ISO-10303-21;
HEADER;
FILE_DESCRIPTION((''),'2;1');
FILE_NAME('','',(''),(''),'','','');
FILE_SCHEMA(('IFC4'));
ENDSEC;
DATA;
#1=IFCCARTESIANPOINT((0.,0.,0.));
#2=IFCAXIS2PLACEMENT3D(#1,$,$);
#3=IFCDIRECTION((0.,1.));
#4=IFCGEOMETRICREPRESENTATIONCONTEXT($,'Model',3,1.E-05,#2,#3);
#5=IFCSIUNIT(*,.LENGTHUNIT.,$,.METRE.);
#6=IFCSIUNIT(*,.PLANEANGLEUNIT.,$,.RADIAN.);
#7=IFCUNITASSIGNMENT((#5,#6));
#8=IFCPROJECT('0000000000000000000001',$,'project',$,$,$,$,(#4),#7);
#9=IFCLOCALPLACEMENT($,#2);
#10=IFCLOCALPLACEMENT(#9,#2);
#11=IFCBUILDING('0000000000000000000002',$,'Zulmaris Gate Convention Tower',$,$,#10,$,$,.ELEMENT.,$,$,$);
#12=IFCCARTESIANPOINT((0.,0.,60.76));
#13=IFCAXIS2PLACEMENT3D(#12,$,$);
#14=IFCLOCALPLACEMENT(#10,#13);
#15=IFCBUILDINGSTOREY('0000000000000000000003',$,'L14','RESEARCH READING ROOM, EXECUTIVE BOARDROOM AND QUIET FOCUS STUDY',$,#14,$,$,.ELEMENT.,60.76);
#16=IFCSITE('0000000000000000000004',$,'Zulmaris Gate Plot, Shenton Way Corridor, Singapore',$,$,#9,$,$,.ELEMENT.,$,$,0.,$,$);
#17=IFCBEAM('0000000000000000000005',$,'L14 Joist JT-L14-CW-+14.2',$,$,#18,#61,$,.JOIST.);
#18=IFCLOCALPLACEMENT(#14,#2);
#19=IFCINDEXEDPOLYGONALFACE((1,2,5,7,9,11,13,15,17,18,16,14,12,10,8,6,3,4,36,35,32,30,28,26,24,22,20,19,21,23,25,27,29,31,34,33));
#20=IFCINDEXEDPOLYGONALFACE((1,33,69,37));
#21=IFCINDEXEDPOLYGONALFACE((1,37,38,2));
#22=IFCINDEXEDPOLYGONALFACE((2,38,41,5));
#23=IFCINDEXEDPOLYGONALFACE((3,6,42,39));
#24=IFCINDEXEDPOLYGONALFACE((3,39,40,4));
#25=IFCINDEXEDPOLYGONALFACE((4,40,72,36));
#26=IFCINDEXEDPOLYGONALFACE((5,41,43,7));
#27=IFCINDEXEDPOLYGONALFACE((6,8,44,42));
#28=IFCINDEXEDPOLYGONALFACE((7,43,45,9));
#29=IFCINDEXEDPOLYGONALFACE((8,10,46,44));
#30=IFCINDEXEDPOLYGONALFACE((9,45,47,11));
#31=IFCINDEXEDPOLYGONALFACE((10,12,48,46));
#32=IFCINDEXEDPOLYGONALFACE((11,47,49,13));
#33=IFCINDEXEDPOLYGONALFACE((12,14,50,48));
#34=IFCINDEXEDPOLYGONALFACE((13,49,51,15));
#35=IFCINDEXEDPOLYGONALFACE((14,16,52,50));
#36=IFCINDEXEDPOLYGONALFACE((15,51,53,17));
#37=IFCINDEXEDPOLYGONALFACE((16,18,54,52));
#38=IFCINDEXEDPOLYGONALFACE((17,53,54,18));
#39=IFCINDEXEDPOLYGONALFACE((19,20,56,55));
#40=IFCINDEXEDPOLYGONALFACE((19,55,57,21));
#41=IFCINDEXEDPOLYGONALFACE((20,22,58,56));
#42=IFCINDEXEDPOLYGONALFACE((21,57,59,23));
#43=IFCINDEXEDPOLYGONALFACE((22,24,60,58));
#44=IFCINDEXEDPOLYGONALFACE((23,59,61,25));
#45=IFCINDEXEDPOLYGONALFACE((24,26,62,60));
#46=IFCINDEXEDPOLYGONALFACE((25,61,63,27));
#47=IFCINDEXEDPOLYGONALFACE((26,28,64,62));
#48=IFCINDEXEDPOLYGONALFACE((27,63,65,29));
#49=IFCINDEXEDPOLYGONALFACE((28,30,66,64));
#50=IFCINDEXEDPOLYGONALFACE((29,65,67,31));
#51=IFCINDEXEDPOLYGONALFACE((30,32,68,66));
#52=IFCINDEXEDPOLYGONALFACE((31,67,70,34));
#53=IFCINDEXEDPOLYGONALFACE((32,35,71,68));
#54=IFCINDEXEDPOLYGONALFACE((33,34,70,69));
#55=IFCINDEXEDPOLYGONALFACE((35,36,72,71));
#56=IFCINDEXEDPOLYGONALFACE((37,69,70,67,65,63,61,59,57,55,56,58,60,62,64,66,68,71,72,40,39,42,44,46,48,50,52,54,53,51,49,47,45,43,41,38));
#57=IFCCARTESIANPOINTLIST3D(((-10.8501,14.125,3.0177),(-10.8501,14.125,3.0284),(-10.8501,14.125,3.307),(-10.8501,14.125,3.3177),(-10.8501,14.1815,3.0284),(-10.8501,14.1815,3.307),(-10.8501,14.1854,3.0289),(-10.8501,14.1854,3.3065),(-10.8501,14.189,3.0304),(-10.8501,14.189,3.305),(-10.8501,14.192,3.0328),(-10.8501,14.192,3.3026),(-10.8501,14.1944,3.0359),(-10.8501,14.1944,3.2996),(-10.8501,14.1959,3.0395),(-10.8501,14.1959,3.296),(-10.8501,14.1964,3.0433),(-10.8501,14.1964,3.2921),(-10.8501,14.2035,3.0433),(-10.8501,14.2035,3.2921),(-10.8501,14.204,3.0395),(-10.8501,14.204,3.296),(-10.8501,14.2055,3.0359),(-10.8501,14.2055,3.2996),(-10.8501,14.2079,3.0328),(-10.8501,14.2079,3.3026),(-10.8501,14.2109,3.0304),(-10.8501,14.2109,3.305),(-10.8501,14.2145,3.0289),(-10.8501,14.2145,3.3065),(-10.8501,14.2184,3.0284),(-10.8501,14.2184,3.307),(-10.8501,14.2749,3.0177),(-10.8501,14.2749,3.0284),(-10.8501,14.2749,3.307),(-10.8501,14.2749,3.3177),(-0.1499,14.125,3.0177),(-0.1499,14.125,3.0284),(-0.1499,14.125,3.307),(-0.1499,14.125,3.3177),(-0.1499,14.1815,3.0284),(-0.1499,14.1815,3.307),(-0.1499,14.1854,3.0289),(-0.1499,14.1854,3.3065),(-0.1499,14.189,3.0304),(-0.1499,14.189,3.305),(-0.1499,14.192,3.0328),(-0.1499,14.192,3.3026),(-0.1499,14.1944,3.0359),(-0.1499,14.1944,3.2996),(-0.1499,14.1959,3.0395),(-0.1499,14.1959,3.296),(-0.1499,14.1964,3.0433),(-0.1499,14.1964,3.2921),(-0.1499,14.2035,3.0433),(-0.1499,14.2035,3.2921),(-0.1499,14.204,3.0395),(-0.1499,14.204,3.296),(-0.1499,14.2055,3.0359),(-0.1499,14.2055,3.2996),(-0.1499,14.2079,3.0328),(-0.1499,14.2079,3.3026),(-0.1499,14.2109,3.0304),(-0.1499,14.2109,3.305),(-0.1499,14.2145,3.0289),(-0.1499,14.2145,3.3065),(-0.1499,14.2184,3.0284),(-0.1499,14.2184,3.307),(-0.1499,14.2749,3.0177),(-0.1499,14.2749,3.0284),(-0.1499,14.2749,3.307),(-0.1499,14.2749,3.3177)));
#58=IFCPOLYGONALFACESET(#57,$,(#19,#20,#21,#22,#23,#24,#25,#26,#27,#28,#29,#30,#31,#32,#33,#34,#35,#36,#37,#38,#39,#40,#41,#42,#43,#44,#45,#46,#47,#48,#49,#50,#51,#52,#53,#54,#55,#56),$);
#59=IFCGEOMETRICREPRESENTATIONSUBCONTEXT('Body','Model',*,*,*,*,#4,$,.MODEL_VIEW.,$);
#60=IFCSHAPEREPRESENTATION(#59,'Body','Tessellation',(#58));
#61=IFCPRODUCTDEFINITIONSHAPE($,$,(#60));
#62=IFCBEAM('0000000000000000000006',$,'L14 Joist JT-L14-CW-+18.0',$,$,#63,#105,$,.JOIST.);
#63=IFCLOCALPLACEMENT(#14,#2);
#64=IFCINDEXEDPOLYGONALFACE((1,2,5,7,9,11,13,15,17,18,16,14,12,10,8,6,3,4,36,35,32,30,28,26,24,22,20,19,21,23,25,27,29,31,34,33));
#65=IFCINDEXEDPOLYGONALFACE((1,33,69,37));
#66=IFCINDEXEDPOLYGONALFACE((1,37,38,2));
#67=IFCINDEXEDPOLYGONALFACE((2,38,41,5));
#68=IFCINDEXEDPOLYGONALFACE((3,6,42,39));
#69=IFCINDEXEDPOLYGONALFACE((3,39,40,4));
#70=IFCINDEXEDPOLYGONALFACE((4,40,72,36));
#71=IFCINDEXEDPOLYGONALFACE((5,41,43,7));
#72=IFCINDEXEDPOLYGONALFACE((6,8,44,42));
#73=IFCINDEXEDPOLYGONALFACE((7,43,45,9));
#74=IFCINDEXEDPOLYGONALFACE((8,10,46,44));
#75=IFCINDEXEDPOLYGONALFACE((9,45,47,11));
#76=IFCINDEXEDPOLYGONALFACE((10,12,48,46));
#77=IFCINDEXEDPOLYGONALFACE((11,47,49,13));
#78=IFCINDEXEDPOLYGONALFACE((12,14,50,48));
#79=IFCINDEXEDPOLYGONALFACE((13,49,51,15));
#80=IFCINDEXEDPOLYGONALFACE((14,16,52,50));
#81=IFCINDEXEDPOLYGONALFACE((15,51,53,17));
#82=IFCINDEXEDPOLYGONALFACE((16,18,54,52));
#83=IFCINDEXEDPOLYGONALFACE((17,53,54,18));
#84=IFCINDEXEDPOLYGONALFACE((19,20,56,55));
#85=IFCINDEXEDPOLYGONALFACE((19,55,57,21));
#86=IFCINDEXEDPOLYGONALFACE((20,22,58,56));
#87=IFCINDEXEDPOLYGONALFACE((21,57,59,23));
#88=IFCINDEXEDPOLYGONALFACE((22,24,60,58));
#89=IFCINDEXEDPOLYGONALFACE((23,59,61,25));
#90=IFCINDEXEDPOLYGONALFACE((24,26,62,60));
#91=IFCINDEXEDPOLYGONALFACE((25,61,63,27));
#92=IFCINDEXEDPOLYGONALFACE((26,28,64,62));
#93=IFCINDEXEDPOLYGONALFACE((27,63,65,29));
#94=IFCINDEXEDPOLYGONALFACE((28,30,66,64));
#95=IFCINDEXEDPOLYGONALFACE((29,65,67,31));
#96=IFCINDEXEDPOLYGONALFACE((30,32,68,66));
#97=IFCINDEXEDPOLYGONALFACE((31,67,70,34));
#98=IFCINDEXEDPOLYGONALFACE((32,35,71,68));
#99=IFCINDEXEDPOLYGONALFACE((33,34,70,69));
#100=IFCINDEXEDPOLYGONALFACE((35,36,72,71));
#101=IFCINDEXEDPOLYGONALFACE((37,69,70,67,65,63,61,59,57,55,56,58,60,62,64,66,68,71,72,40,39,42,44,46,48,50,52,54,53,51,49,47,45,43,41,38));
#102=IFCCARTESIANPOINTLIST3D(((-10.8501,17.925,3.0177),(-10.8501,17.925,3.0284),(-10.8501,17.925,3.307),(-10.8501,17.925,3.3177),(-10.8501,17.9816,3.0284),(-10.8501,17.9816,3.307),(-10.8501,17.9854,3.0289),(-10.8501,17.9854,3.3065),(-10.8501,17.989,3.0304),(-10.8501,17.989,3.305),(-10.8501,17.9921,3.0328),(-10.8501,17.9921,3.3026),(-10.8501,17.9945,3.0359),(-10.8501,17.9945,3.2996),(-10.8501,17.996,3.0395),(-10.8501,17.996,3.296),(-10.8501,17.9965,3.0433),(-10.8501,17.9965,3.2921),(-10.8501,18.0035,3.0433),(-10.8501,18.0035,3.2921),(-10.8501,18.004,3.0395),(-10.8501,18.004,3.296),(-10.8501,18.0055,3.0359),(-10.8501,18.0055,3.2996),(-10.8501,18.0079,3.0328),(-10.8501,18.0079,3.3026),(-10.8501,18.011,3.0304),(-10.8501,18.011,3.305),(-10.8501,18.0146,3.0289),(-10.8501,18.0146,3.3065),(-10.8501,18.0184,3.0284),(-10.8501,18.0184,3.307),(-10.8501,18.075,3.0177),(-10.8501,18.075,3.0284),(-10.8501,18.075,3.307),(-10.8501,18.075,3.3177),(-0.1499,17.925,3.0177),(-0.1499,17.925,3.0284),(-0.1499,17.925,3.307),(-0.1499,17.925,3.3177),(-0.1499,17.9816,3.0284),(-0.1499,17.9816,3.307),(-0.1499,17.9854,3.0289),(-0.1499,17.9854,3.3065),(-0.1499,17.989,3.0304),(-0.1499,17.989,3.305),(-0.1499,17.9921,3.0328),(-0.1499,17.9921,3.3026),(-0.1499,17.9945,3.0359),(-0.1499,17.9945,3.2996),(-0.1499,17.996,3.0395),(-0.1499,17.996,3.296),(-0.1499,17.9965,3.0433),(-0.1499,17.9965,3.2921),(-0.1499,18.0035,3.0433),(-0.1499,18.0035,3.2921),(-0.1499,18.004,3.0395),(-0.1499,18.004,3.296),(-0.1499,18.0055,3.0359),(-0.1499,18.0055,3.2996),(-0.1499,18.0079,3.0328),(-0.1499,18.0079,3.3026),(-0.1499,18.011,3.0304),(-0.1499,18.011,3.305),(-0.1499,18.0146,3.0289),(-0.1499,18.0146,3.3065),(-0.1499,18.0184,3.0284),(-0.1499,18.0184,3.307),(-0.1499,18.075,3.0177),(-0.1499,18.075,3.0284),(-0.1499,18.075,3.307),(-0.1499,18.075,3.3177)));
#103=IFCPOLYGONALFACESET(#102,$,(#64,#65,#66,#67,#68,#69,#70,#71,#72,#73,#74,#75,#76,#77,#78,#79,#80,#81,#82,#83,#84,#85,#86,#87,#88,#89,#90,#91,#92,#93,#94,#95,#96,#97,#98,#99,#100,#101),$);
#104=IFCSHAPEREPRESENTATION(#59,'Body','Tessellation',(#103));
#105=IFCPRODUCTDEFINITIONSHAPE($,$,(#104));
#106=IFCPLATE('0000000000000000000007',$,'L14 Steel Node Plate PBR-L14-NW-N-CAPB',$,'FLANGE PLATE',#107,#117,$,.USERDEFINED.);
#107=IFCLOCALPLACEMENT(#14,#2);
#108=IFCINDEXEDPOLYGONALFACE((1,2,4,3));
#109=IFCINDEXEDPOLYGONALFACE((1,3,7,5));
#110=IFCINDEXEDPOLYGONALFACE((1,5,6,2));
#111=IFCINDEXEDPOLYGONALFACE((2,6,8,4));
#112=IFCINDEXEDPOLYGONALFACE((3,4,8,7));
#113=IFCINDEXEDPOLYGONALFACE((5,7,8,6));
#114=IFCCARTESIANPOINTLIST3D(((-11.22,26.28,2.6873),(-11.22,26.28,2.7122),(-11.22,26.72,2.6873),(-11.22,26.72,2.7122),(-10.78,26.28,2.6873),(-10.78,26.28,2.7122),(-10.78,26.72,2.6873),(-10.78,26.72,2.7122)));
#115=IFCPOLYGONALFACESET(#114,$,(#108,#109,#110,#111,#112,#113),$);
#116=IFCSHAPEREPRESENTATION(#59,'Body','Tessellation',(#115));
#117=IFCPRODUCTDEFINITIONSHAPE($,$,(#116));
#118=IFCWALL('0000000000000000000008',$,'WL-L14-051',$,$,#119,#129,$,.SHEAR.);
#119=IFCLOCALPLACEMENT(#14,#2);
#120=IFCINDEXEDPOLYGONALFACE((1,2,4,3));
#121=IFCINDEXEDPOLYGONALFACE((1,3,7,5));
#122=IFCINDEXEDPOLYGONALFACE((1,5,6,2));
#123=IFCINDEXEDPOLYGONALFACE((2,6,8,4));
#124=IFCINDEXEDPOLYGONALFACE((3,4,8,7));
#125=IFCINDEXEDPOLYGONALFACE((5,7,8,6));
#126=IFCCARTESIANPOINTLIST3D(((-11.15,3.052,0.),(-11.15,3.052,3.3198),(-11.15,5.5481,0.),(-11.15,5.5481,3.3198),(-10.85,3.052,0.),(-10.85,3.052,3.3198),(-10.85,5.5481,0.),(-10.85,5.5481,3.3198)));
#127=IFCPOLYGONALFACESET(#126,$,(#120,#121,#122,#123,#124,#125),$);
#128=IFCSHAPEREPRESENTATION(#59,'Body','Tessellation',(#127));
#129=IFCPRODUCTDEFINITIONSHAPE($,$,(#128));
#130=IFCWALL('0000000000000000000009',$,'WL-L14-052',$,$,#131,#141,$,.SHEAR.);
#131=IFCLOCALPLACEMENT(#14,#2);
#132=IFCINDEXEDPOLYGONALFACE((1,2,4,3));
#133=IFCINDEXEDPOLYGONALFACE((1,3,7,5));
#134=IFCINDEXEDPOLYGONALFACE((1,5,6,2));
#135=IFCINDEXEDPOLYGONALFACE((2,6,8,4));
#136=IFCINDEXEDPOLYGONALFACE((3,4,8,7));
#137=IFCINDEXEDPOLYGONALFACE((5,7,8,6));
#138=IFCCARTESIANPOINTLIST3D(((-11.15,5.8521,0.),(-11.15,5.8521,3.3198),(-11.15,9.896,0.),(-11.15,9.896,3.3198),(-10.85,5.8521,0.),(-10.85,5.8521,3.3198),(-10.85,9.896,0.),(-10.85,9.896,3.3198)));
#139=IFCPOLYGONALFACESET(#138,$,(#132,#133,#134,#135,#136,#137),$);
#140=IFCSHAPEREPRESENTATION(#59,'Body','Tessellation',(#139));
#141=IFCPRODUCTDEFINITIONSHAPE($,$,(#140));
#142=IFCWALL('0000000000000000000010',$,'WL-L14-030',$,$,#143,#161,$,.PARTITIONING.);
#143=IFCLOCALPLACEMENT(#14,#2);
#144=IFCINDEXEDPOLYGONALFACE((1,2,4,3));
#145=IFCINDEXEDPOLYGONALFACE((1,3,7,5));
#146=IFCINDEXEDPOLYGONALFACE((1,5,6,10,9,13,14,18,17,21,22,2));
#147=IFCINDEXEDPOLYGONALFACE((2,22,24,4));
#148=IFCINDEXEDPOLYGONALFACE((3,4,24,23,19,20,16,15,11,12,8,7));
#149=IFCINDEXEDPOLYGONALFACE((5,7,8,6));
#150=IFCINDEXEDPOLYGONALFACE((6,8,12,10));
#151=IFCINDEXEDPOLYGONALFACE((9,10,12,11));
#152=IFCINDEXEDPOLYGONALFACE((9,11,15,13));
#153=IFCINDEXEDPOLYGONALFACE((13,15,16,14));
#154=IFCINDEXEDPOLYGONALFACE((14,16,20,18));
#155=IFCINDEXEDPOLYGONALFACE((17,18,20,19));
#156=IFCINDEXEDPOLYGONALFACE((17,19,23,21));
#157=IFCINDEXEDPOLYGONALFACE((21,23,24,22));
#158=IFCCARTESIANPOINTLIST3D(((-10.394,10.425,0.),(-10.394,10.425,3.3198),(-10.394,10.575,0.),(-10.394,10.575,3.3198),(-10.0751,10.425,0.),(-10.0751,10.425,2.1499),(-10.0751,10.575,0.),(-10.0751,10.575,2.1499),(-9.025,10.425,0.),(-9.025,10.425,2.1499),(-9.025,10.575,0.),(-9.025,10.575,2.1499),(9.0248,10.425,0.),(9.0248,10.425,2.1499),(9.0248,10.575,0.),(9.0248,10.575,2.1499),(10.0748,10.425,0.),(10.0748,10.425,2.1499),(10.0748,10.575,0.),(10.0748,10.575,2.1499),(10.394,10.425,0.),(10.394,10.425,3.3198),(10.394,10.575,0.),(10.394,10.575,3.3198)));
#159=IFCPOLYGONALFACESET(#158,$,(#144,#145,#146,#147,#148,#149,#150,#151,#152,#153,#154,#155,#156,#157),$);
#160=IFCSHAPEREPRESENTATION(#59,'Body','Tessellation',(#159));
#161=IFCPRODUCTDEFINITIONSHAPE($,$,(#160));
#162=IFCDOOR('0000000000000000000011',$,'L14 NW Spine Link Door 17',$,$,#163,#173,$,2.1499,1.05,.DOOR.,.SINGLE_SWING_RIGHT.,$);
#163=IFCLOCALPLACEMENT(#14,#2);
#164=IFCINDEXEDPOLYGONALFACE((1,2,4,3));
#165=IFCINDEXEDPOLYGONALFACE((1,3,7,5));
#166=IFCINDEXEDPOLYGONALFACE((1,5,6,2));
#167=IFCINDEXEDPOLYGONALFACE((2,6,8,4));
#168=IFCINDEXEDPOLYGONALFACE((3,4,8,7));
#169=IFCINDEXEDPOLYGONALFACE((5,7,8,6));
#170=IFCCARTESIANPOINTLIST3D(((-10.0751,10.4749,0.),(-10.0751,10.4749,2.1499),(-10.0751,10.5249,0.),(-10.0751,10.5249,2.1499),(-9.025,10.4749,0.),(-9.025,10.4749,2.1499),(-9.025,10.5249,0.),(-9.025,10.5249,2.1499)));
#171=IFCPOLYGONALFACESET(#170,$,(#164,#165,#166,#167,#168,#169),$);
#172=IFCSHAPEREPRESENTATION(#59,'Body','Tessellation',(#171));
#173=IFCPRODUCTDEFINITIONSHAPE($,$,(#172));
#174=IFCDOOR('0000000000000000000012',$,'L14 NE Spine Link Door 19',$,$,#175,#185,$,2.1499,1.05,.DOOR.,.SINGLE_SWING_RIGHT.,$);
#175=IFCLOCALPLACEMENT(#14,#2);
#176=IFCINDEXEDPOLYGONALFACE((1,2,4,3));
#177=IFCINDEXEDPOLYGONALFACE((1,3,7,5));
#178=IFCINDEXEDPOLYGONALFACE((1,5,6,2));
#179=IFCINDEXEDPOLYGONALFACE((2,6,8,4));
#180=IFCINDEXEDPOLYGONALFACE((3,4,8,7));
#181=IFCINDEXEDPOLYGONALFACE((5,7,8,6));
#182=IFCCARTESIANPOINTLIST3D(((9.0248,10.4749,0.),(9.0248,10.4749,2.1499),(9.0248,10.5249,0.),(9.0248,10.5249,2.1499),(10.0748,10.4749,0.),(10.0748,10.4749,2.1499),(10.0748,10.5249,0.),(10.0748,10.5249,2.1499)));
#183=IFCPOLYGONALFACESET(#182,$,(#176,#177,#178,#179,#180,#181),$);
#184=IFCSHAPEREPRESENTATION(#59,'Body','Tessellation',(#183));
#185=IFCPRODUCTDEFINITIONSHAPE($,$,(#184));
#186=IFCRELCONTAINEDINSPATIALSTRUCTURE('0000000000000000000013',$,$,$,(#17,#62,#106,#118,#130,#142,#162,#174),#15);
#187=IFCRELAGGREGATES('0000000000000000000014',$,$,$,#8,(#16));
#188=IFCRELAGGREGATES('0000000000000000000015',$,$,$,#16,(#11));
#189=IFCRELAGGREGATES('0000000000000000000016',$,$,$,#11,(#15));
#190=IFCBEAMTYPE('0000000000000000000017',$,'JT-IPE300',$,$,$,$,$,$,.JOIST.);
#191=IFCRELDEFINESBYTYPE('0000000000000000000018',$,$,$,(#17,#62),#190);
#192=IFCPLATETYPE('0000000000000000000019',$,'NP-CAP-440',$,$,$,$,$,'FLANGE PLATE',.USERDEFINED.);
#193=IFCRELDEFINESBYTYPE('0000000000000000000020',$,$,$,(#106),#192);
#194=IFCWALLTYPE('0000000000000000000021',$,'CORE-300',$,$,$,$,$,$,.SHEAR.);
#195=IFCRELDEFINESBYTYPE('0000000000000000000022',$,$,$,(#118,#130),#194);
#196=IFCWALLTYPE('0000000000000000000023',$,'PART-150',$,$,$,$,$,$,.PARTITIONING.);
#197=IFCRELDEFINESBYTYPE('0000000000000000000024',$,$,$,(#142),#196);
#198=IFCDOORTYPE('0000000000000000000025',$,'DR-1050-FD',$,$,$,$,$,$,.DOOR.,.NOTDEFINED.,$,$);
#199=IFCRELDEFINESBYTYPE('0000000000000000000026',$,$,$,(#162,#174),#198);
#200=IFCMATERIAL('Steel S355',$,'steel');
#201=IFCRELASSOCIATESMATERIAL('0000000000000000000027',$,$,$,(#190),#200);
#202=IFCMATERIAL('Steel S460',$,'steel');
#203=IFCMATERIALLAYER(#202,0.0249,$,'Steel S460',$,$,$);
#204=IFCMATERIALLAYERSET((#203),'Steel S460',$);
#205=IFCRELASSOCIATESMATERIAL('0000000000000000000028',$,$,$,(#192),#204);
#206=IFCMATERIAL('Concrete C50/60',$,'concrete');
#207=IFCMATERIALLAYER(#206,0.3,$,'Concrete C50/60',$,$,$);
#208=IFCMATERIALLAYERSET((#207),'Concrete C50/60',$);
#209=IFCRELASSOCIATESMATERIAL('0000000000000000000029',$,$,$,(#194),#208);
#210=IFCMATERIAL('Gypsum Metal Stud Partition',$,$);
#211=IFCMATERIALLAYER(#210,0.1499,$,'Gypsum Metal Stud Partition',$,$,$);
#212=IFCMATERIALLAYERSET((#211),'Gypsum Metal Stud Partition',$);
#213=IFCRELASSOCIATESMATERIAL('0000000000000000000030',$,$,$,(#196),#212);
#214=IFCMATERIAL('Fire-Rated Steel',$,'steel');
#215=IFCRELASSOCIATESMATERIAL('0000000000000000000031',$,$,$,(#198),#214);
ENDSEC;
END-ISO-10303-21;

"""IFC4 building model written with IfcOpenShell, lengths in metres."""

from ifc_helpers import new_model, si_unit, direction, frame, frame_2d, origin, origin_2d, place, context, subcontext, project, spatial, rectangle, i_section, extrude, material, layer, layer_set, material_profile, profile_set, type_object, element, fill, save


model = new_model("IFC4")

# Units and contexts
model_context = context("Model", 3, precision=1e-05, world=origin(), true_north=direction((0.0, 1.0)))
body_context = subcontext(model_context, "Body", "Model", "MODEL_VIEW")
ifc_project = project(units=[si_unit("LENGTHUNIT", "METRE"), si_unit("PLANEANGLEUNIT", "RADIAN")], contexts=[model_context])

# Site, building, storey
site_placement = place(None, origin())
site = spatial("IfcSite", under=ifc_project, at=site_placement, Name="Zulmaris Gate Plot, Shenton Way Corridor, Singapore", CompositionType="ELEMENT", RefElevation=0.0)
building_placement = place(site_placement, origin())
building = spatial("IfcBuilding", under=site, at=building_placement, Name="Zulmaris Gate Convention Tower", CompositionType="ELEMENT")
storey_placement = place(building_placement, frame((0.0, 0.0, 60.76)))
storey = spatial("IfcBuildingStorey", under=building, at=storey_placement, Name="L14", Description="RESEARCH READING ROOM, EXECUTIVE BOARDROOM AND QUIET FOCUS STUDY", CompositionType="ELEMENT", Elevation=60.76)

# Beams
ifc_material_1 = material(Name="Steel S355", Category="steel")
ifc_material_profile_1 = material_profile(ifc_material_1, i_section(OverallWidth=0.1499, OverallDepth=0.3, WebThickness=0.0071, FlangeThickness=0.0107, FilletRadius=0.0149, at=origin_2d()), Name="IPE 300")
ifc_profile_set_1 = profile_set([ifc_material_profile_1], Name="Steel S355")
beam_type_1 = type_object("IfcBeamType", Name="JT-IPE300", PredefinedType="JOIST", material=ifc_profile_set_1)
for number, where, z_axis, x_axis, name in (
    (1, (-10.8501, 14.2, 3.1677), (1.0, 0.0, 0.0), (0.0, 1.0, 0.0), "L14 Joist JT-L14-CW-+14.2"),
    (2, (-10.8501, 18.0, 3.1677), (1.0, 0.0, 0.0), (0.0, 1.0, 0.0), "L14 Joist JT-L14-CW-+18.0"),
):
    element("IfcBeam", number, at=place(storey_placement, frame(where, z_axis=z_axis, x_axis=x_axis)), inside=storey, type_object=beam_type_1, Name=name, PredefinedType="JOIST", context=body_context, shape_type="SweptSolid", body=[
        extrude(i_section(OverallWidth=0.1499, OverallDepth=0.3, WebThickness=0.0071, FlangeThickness=0.0107, FilletRadius=0.0149, at=origin_2d()), origin(), (0.0, 0.0, 1.0), 10.7002),
    ])

# Plate
ifc_material_2 = material(Name="Steel S460", Category="steel")
ifc_layer_1 = layer(ifc_material_2, 0.0249, Name="Steel S460")
ifc_layer_set_1 = layer_set([ifc_layer_1], Name="Steel S460")
plate_type = type_object("IfcPlateType", Name="NP-CAP-440", ElementType="FLANGE PLATE", PredefinedType="USERDEFINED", material=ifc_layer_set_1)
plate_placement = place(storey_placement, frame((-11.0, 26.5, 2.6873), z_axis=(0.0, 0.0, 1.0), x_axis=(1.0, 0.0, 0.0)))
element("IfcPlate", 3, at=plate_placement, inside=storey, type_object=plate_type, Name="L14 Steel Node Plate PBR-L14-NW-N-CAPB", ObjectType="FLANGE PLATE", PredefinedType="USERDEFINED", context=body_context, shape_type="SweptSolid", body=[
    extrude(rectangle(XDim=0.4399, YDim=0.4399, at=origin_2d()), origin(), (0.0, 0.0, 1.0), 0.0249),
])

# Walls
ifc_material_3 = material(Name="Concrete C50/60", Category="concrete")
ifc_layer_2 = layer(ifc_material_3, 0.3, Name="Concrete C50/60")
ifc_layer_set_2 = layer_set([ifc_layer_2], Name="Concrete C50/60")
wall_type_1 = type_object("IfcWallType", Name="CORE-300", PredefinedType="SHEAR", material=ifc_layer_set_2)
wall_1_placement = place(storey_placement, frame((-11.0, 3.052, 0.0), z_axis=(0.0, 0.0, 1.0), x_axis=(0.0, 1.0, 0.0)))
element("IfcWall", 4, at=wall_1_placement, inside=storey, type_object=wall_type_1, Name="WL-L14-051", PredefinedType="SHEAR", context=body_context, shape_type="SweptSolid", body=[
    extrude(rectangle(XDim=2.4961, YDim=0.3, at=frame_2d((1.248, 0.0))), origin(), (0.0, 0.0, 1.0), 3.3198),
])
wall_2_placement = place(storey_placement, frame((-11.0, 5.8521, 0.0), z_axis=(0.0, 0.0, 1.0), x_axis=(0.0, 1.0, 0.0)))
element("IfcWall", 5, at=wall_2_placement, inside=storey, type_object=wall_type_1, Name="WL-L14-052", PredefinedType="SHEAR", context=body_context, shape_type="SweptSolid", body=[
    extrude(rectangle(XDim=4.0439, YDim=0.3, at=frame_2d((2.022, 0.0))), origin(), (0.0, 0.0, 1.0), 3.3198),
])

# Wall, openings, doors
ifc_material_4 = material(Name="Gypsum Metal Stud Partition")
ifc_layer_3 = layer(ifc_material_4, 0.1499, Name="Gypsum Metal Stud Partition")
ifc_layer_set_3 = layer_set([ifc_layer_3], Name="Gypsum Metal Stud Partition")
wall_type_2 = type_object("IfcWallType", Name="PART-150", PredefinedType="PARTITIONING", material=ifc_layer_set_3)
wall_3_placement = place(storey_placement, frame((-10.394, 10.5, 0.0), z_axis=(0.0, 0.0, 1.0), x_axis=(1.0, 0.0, 0.0)))
wall_3 = element("IfcWall", 6, at=wall_3_placement, inside=storey, type_object=wall_type_2, Name="WL-L14-030", PredefinedType="PARTITIONING", context=body_context, shape_type="SweptSolid", body=[
    extrude(rectangle(XDim=20.7881, YDim=0.1499, at=frame_2d((10.394, 0.0))), origin(), (0.0, 0.0, 1.0), 3.3198),
])
opening_1_placement = place(wall_3_placement, frame((0.3191, 0.0, 0.0)))
opening_1 = element("IfcOpeningElement", 7, at=opening_1_placement, cuts=wall_3, PredefinedType="OPENING", context=body_context, shape_type="SweptSolid", body=[
    extrude(rectangle(XDim=1.05, YDim=2.1499, at=frame_2d((0.5249, 1.075))), frame((0.0, 0.085, 0.0), z_axis=(0.0, -1.0, 0.0), x_axis=(1.0, 0.0, 0.0)), (0.0, 0.0, 1.0), 0.1699),
])
opening_2_placement = place(wall_3_placement, frame((19.4189, 0.0, 0.0)))
opening_2 = element("IfcOpeningElement", 8, at=opening_2_placement, cuts=wall_3, PredefinedType="OPENING", context=body_context, shape_type="SweptSolid", body=[
    extrude(rectangle(XDim=1.05, YDim=2.1499, at=frame_2d((0.5249, 1.075))), frame((0.0, 0.085, 0.0), z_axis=(0.0, -1.0, 0.0), x_axis=(1.0, 0.0, 0.0)), (0.0, 0.0, 1.0), 0.1699),
])
ifc_material_5 = material(Name="Fire-Rated Steel", Category="steel")
door_type_1 = type_object("IfcDoorType", Name="DR-1050-FD", OperationType="NOTDEFINED", PredefinedType="DOOR", material=ifc_material_5)
door_1_placement = place(opening_1_placement, origin())
door_1 = element("IfcDoor", 9, at=door_1_placement, inside=storey, type_object=door_type_1, Name="L14 NW Spine Link Door 17", OperationType="SINGLE_SWING_RIGHT", OverallHeight=2.1499, OverallWidth=1.05, PredefinedType="DOOR", context=body_context, shape_type="SweptSolid", body=[
    extrude(rectangle(XDim=1.05, YDim=2.1499, at=frame_2d((0.5249, 1.075))), frame((0.0, 0.0249, 0.0), z_axis=(0.0, -1.0, 0.0), x_axis=(1.0, 0.0, 0.0)), (0.0, 0.0, 1.0), 0.05),
])
fill(opening_1, door_1)
door_2_placement = place(opening_2_placement, origin())
door_2 = element("IfcDoor", 10, at=door_2_placement, inside=storey, type_object=door_type_1, Name="L14 NE Spine Link Door 19", OperationType="SINGLE_SWING_RIGHT", OverallHeight=2.1499, OverallWidth=1.05, PredefinedType="DOOR", context=body_context, shape_type="SweptSolid", body=[
    extrude(rectangle(XDim=1.05, YDim=2.1499, at=frame_2d((0.5249, 1.075))), frame((0.0, 0.0249, 0.0), z_axis=(0.0, -1.0, 0.0), x_axis=(1.0, 0.0, 0.0)), (0.0, 0.0, 1.0), 0.05),
])
fill(opening_2, door_2)

save(model, "model.ifc")
